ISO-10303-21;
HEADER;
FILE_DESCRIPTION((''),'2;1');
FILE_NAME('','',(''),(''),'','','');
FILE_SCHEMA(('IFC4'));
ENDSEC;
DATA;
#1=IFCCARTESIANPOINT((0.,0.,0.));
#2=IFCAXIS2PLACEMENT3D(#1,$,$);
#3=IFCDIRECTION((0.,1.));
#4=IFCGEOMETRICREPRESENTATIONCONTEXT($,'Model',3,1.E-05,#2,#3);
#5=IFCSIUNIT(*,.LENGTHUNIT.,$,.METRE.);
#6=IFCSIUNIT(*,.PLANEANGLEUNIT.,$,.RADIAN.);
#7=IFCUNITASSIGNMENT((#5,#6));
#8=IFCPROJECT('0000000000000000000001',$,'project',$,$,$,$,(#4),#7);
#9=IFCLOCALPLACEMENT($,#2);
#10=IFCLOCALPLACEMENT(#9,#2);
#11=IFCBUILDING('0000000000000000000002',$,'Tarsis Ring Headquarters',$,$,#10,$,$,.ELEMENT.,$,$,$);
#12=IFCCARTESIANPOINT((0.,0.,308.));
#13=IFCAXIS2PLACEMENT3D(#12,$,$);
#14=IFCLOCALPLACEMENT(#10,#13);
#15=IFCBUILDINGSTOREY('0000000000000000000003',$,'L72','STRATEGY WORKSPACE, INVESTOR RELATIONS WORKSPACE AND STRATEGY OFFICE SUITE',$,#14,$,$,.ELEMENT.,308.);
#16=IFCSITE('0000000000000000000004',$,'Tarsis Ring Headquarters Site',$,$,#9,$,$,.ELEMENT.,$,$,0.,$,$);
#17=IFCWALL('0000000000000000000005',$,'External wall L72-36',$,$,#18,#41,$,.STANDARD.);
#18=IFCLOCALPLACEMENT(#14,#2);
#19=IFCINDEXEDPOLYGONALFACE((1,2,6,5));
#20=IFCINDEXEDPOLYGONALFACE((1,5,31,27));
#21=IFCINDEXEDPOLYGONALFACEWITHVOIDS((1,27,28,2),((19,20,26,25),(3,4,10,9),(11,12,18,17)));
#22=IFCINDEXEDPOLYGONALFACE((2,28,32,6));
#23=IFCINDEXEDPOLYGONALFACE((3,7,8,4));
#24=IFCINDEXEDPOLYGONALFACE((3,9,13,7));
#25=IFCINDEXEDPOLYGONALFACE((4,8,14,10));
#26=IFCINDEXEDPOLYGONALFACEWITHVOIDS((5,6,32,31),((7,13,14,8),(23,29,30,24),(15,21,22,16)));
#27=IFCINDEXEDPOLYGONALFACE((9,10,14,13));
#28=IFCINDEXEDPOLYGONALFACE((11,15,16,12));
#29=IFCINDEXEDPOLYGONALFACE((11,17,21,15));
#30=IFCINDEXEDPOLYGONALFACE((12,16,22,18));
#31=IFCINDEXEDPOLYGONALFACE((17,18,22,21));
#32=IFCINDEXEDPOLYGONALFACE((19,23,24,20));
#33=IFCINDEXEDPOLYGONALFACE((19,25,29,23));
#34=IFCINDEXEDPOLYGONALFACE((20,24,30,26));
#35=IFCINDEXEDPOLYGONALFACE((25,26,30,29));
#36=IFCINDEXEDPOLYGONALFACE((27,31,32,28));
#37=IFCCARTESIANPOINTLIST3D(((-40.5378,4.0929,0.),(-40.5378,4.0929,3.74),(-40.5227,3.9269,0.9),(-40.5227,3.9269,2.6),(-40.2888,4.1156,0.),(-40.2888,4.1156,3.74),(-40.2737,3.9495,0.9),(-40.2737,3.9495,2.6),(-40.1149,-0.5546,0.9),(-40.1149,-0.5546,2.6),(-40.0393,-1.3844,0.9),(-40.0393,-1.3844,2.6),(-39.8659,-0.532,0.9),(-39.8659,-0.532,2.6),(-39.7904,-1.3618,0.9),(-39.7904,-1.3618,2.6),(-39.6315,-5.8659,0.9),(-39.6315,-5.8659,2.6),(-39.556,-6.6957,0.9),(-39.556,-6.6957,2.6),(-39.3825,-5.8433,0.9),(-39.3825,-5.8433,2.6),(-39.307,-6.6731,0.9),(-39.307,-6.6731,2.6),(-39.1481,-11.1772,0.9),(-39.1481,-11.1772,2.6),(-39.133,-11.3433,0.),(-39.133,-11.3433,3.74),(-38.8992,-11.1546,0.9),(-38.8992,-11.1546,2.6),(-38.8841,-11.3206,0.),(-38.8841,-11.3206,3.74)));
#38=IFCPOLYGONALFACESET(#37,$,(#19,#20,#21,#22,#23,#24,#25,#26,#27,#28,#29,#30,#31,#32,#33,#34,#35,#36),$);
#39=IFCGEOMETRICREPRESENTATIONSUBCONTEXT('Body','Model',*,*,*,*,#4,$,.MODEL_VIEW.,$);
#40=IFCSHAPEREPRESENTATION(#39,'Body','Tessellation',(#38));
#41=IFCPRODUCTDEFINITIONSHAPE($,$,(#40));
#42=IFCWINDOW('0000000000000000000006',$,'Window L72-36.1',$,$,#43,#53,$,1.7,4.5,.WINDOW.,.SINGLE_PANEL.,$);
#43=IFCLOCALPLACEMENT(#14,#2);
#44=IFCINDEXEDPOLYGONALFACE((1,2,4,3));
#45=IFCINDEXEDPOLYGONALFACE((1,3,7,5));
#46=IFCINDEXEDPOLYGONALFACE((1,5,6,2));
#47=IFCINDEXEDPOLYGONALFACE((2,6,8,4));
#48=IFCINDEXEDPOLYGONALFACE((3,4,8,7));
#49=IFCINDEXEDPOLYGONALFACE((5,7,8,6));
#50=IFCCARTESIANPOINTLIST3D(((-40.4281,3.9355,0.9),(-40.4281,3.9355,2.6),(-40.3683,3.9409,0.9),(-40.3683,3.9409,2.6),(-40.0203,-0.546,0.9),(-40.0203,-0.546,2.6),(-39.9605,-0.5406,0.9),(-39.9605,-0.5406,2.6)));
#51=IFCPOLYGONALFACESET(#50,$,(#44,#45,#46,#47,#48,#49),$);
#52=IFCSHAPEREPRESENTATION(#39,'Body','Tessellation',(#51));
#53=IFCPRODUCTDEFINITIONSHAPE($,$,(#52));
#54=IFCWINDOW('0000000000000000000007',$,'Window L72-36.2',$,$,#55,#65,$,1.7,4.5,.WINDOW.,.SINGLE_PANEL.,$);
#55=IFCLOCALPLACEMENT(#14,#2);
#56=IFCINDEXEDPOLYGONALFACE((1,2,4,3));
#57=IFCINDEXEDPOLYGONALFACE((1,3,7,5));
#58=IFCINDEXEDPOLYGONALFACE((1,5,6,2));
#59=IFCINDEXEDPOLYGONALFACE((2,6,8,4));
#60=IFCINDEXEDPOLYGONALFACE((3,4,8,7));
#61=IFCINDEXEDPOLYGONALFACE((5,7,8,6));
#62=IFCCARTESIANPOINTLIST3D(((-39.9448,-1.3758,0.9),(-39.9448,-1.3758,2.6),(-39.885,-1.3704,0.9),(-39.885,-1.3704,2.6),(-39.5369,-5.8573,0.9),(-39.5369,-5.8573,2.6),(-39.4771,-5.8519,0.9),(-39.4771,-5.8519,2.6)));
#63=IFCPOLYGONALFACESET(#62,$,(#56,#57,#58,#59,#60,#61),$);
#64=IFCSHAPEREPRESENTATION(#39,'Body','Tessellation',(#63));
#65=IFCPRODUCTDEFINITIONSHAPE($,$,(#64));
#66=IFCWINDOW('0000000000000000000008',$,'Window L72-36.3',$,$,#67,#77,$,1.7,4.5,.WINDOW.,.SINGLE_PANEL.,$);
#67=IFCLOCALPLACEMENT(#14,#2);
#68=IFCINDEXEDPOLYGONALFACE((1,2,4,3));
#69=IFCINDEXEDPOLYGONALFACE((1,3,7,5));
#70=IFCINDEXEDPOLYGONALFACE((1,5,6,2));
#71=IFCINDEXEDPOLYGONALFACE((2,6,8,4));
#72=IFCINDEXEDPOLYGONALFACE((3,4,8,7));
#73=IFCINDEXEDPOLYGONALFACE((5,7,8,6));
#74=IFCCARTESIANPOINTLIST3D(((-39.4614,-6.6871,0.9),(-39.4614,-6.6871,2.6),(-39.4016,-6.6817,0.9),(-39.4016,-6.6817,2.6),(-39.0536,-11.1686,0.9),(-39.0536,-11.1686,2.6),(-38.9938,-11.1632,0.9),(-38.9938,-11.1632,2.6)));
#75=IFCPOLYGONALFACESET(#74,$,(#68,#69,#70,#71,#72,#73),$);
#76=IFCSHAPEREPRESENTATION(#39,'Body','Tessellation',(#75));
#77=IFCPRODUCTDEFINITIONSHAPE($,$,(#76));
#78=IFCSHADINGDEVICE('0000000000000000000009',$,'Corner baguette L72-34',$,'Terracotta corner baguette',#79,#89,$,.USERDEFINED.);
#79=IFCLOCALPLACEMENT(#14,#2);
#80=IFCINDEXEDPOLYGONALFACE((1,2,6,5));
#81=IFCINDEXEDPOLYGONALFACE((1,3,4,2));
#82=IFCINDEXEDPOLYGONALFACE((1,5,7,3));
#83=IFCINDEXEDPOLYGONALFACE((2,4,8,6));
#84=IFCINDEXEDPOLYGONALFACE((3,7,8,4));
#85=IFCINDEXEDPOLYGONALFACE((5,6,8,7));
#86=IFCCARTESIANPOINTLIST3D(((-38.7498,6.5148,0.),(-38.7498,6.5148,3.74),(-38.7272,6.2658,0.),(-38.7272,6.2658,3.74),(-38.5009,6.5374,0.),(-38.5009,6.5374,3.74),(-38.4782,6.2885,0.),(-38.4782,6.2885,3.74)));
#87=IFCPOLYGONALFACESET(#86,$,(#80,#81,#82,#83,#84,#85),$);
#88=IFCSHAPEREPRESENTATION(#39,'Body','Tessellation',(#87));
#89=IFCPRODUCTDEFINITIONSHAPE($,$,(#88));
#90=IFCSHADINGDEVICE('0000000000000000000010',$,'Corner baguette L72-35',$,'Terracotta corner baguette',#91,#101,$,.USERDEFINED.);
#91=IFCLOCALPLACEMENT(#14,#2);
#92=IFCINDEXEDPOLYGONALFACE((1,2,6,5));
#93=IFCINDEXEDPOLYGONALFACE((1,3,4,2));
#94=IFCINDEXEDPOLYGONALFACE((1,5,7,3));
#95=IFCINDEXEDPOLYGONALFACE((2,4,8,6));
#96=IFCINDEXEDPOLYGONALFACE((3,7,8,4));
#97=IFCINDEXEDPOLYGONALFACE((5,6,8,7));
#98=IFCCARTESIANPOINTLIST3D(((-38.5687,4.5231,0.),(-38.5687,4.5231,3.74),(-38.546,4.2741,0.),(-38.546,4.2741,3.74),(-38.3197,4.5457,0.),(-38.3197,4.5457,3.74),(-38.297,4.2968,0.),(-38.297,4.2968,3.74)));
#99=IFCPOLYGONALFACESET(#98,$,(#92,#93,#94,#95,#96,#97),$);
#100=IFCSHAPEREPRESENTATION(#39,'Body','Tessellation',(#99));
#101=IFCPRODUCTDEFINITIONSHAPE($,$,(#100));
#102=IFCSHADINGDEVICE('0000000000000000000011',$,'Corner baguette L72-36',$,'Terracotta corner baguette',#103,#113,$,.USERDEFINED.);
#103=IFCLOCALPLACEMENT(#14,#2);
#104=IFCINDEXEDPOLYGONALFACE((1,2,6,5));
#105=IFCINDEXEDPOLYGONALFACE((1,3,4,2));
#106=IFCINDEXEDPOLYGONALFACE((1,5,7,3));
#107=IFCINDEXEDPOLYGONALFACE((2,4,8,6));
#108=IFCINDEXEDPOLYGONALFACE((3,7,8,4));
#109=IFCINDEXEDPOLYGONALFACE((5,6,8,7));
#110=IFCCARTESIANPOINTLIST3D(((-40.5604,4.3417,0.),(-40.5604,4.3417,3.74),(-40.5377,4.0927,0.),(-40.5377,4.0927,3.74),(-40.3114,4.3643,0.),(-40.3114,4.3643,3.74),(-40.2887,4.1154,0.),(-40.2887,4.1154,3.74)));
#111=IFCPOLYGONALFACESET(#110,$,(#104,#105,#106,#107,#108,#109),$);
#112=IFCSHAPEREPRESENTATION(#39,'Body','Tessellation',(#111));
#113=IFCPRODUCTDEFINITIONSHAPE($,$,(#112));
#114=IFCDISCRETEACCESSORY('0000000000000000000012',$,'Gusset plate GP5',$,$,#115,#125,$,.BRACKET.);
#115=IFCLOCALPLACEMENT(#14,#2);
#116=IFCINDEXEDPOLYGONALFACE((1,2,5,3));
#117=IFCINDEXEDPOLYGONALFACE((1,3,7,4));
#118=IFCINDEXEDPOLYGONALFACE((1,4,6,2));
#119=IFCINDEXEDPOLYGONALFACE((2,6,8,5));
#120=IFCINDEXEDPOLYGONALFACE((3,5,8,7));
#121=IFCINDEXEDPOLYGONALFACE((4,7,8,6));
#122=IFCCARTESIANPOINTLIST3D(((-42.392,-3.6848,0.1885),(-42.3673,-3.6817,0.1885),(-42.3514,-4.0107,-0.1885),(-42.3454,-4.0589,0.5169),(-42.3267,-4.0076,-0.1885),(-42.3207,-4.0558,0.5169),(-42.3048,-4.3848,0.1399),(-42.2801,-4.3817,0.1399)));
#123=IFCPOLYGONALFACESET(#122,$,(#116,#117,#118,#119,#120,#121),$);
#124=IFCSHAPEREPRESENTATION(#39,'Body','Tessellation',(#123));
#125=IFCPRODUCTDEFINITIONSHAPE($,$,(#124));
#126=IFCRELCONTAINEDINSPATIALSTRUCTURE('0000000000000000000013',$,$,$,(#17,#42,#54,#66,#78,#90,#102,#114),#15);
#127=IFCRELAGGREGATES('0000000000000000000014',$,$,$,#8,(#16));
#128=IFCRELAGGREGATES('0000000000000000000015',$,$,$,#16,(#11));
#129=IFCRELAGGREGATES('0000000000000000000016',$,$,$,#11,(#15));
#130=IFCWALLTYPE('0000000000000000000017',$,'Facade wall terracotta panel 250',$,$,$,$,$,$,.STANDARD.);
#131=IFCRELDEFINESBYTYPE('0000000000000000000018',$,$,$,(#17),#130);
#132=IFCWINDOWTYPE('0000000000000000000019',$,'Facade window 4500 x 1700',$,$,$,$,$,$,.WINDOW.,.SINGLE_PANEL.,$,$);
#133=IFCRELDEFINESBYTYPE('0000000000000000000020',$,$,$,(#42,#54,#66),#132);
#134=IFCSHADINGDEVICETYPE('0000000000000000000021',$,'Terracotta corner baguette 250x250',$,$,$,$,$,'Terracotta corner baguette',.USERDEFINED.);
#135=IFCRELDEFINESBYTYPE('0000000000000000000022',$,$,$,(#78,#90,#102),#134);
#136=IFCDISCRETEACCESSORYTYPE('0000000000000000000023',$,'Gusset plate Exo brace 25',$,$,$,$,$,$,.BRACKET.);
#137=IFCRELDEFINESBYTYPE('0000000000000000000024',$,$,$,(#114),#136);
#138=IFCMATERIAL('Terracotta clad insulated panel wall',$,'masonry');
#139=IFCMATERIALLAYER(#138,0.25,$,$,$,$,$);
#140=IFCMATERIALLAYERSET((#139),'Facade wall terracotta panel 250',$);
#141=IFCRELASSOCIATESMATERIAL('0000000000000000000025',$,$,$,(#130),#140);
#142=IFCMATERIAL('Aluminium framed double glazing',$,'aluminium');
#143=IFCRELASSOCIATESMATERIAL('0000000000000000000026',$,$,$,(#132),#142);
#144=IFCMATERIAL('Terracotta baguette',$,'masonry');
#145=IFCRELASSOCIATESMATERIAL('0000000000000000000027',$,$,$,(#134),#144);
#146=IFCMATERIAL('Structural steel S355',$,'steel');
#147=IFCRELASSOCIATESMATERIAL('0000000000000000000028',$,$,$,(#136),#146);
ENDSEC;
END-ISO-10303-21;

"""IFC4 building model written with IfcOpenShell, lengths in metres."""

from ifc_helpers import new_model, si_unit, direction, frame, frame_2d, origin, origin_2d, place, context, subcontext, project, spatial, rectangle, extrude, material, layer, layer_set, material_profile, profile_set, type_object, element, fill, save


model = new_model("IFC4")

# Units and contexts
model_context = context("Model", 3, precision=1e-05, world=origin(), true_north=direction((0.0, 1.0)))
body_context = subcontext(model_context, "Body", "Model", "MODEL_VIEW")
ifc_project = project(units=[si_unit("LENGTHUNIT", "METRE"), si_unit("PLANEANGLEUNIT", "RADIAN")], contexts=[model_context])

# Site, building, storey
site_placement = place(None, origin())
site = spatial("IfcSite", under=ifc_project, at=site_placement, Name="Tarsis Ring Headquarters Site", CompositionType="ELEMENT", RefElevation=0.0)
building_placement = place(site_placement, origin())
building = spatial("IfcBuilding", under=site, at=building_placement, Name="Tarsis Ring Headquarters", CompositionType="ELEMENT")
storey_placement = place(building_placement, frame((0.0, 0.0, 308.0)))
storey = spatial("IfcBuildingStorey", under=building, at=storey_placement, Name="L72", Description="STRATEGY WORKSPACE, INVESTOR RELATIONS WORKSPACE AND STRATEGY OFFICE SUITE", CompositionType="ELEMENT", Elevation=308.0)

# Shared definitions
ifc_material_1 = material(Name="Structural steel S355", Category="steel")

# Shared definitions
ifc_material_2 = material(Name="Terracotta clad insulated panel wall", Category="masonry")
ifc_layer_1 = layer(ifc_material_2, 0.25)
ifc_layer_set_1 = layer_set([ifc_layer_1], Name="Facade wall terracotta panel 250")
wall_type_1 = type_object("IfcWallType", Name="Facade wall terracotta panel 250", PredefinedType="STANDARD", material=ifc_layer_set_1)

# Wall, openings, windows
wall_1_placement = place(storey_placement, frame((-40.4133, 4.1042, 0.0), z_axis=(0.0, 0.0, 1.0), x_axis=(0.090631, -0.995885, 0.0)))
wall_1 = element("IfcWall", 1, at=wall_1_placement, inside=storey, type_object=wall_type_1, Name="External wall L72-36", PredefinedType="STANDARD", context=body_context, shape_type="SweptSolid", body=[
    extrude(rectangle(XDim=15.5, YDim=0.25, at=frame_2d((7.75, 0.0))), origin(), (0.0, 0.0, 1.0), 3.74),
])
opening_1_placement = place(wall_1_placement, frame((0.1667, 0.0, 0.8999)))
opening_1 = element("IfcOpeningElement", 2, at=opening_1_placement, cuts=wall_1, PredefinedType="OPENING", context=body_context, shape_type="SweptSolid", body=[
    extrude(rectangle(XDim=4.5, YDim=1.7, at=frame_2d((2.25, 0.8501))), frame((0.0, 0.135, 0.0), z_axis=(0.0, -1.0, 0.0), x_axis=(1.0, 0.0, 0.0)), (0.0, 0.0, 1.0), 0.27),
])
opening_2_placement = place(wall_1_placement, frame((5.5, 0.0, 0.8999)))
opening_2 = element("IfcOpeningElement", 3, at=opening_2_placement, cuts=wall_1, PredefinedType="OPENING", context=body_context, shape_type="SweptSolid", body=[
    extrude(rectangle(XDim=4.5, YDim=1.7, at=frame_2d((2.25, 0.8501))), frame((0.0, 0.135, 0.0), z_axis=(0.0, -1.0, 0.0), x_axis=(1.0, 0.0, 0.0)), (0.0, 0.0, 1.0), 0.27),
])
opening_3_placement = place(wall_1_placement, frame((10.8333, 0.0, 0.8999)))
opening_3 = element("IfcOpeningElement", 4, at=opening_3_placement, cuts=wall_1, PredefinedType="OPENING", context=body_context, shape_type="SweptSolid", body=[
    extrude(rectangle(XDim=4.5, YDim=1.7, at=frame_2d((2.25, 0.8501))), frame((0.0, 0.135, 0.0), z_axis=(0.0, -1.0, 0.0), x_axis=(1.0, 0.0, 0.0)), (0.0, 0.0, 1.0), 0.27),
])
ifc_material_3 = material(Name="Aluminium framed double glazing", Category="aluminium")
window_type = type_object("IfcWindowType", Name="Facade window 4500 x 1700", PartitioningType="SINGLE_PANEL", PredefinedType="WINDOW", material=ifc_material_3)
window_1_placement = place(opening_1_placement, origin())
window_1 = element("IfcWindow", 5, at=window_1_placement, inside=storey, type_object=window_type, Name="Window L72-36.1", OverallHeight=1.7, OverallWidth=4.5, PartitioningType="SINGLE_PANEL", PredefinedType="WINDOW", context=body_context, shape_type="SweptSolid", body=[
    extrude(rectangle(XDim=4.5, YDim=1.7, at=frame_2d((2.25, 0.8501))), frame((0.0, 0.03, 0.0), z_axis=(0.0, -1.0, 0.0), x_axis=(1.0, 0.0, 0.0)), (0.0, 0.0, 1.0), 0.0601),
])
fill(opening_1, window_1)
window_2_placement = place(opening_2_placement, origin())
window_2 = element("IfcWindow", 6, at=window_2_placement, inside=storey, type_object=window_type, Name="Window L72-36.2", OverallHeight=1.7, OverallWidth=4.5, PartitioningType="SINGLE_PANEL", PredefinedType="WINDOW", context=body_context, shape_type="SweptSolid", body=[
    extrude(rectangle(XDim=4.5, YDim=1.7, at=frame_2d((2.25, 0.8501))), frame((0.0, 0.03, 0.0), z_axis=(0.0, -1.0, 0.0), x_axis=(1.0, 0.0, 0.0)), (0.0, 0.0, 1.0), 0.0601),
])
fill(opening_2, window_2)
window_3_placement = place(opening_3_placement, origin())
window_3 = element("IfcWindow", 7, at=window_3_placement, inside=storey, type_object=window_type, Name="Window L72-36.3", OverallHeight=1.7, OverallWidth=4.5, PartitioningType="SINGLE_PANEL", PredefinedType="WINDOW", context=body_context, shape_type="SweptSolid", body=[
    extrude(rectangle(XDim=4.5, YDim=1.7, at=frame_2d((2.25, 0.8501))), frame((0.0, 0.03, 0.0), z_axis=(0.0, -1.0, 0.0), x_axis=(1.0, 0.0, 0.0)), (0.0, 0.0, 1.0), 0.0601),
])
fill(opening_3, window_3)

# Shading devices
ifc_material_4 = material(Name="Terracotta baguette", Category="masonry")
shading_device_type_1 = type_object("IfcShadingDeviceType", Name="Terracotta corner baguette 250x250", ElementType="Terracotta corner baguette", PredefinedType="USERDEFINED", material=ifc_material_4)
for number, where, z_axis, x_axis, name in (
    (8, (-38.614, 6.4016, 0.0), (0.0, 0.0, 1.0), (-0.995884, -0.090633, 0.0), "Corner baguette L72-34"),
    (9, (-38.4329, 4.4099, 0.0), (0.0, 0.0, 1.0), (0.090633, -0.995884, 0.0), "Corner baguette L72-35"),
    (10, (-40.4246, 4.2285, 0.0), (0.0, 0.0, 1.0), (-0.995884, -0.090632, 0.0), "Corner baguette L72-36"),
):
    element("IfcShadingDevice", number, at=place(storey_placement, frame(where, z_axis=z_axis, x_axis=x_axis)), inside=storey, type_object=shading_device_type_1, Name=name, ObjectType="Terracotta corner baguette", PredefinedType="USERDEFINED", context=body_context, shape_type="SweptSolid", body=[
        extrude(rectangle(XDim=0.25, YDim=0.25, at=origin_2d()), origin(), (0.0, 0.0, 1.0), 3.74),
    ])

# Discrete accessory
ifc_material_profile_1 = material_profile(ifc_material_1, rectangle(XDim=0.0249, YDim=0.5, at=origin_2d()), Name="PL 25x500")
ifc_profile_set_1 = profile_set([ifc_material_profile_1], Name="Structural steel S355")
discrete_accessory_type = type_object("IfcDiscreteAccessoryType", Name="Gusset plate Exo brace 25", PredefinedType="BRACKET", material=ifc_profile_set_1)
discrete_accessory_placement = place(storey_placement, frame((-42.3594, -3.8462, 0.0), z_axis=(0.093281, -0.748205, 0.656877), x_axis=(0.992318, 0.123716, 0.0)))
element("IfcDiscreteAccessory", 11, at=discrete_accessory_placement, inside=storey, type_object=discrete_accessory_type, Name="Gusset plate GP5", PredefinedType="BRACKET", context=body_context, shape_type="SweptSolid", body=[
    extrude(rectangle(XDim=0.0249, YDim=0.5, at=origin_2d()), origin(), (0.0, 0.0, 1.0), 0.5),
])

save(model, "model.ifc")
